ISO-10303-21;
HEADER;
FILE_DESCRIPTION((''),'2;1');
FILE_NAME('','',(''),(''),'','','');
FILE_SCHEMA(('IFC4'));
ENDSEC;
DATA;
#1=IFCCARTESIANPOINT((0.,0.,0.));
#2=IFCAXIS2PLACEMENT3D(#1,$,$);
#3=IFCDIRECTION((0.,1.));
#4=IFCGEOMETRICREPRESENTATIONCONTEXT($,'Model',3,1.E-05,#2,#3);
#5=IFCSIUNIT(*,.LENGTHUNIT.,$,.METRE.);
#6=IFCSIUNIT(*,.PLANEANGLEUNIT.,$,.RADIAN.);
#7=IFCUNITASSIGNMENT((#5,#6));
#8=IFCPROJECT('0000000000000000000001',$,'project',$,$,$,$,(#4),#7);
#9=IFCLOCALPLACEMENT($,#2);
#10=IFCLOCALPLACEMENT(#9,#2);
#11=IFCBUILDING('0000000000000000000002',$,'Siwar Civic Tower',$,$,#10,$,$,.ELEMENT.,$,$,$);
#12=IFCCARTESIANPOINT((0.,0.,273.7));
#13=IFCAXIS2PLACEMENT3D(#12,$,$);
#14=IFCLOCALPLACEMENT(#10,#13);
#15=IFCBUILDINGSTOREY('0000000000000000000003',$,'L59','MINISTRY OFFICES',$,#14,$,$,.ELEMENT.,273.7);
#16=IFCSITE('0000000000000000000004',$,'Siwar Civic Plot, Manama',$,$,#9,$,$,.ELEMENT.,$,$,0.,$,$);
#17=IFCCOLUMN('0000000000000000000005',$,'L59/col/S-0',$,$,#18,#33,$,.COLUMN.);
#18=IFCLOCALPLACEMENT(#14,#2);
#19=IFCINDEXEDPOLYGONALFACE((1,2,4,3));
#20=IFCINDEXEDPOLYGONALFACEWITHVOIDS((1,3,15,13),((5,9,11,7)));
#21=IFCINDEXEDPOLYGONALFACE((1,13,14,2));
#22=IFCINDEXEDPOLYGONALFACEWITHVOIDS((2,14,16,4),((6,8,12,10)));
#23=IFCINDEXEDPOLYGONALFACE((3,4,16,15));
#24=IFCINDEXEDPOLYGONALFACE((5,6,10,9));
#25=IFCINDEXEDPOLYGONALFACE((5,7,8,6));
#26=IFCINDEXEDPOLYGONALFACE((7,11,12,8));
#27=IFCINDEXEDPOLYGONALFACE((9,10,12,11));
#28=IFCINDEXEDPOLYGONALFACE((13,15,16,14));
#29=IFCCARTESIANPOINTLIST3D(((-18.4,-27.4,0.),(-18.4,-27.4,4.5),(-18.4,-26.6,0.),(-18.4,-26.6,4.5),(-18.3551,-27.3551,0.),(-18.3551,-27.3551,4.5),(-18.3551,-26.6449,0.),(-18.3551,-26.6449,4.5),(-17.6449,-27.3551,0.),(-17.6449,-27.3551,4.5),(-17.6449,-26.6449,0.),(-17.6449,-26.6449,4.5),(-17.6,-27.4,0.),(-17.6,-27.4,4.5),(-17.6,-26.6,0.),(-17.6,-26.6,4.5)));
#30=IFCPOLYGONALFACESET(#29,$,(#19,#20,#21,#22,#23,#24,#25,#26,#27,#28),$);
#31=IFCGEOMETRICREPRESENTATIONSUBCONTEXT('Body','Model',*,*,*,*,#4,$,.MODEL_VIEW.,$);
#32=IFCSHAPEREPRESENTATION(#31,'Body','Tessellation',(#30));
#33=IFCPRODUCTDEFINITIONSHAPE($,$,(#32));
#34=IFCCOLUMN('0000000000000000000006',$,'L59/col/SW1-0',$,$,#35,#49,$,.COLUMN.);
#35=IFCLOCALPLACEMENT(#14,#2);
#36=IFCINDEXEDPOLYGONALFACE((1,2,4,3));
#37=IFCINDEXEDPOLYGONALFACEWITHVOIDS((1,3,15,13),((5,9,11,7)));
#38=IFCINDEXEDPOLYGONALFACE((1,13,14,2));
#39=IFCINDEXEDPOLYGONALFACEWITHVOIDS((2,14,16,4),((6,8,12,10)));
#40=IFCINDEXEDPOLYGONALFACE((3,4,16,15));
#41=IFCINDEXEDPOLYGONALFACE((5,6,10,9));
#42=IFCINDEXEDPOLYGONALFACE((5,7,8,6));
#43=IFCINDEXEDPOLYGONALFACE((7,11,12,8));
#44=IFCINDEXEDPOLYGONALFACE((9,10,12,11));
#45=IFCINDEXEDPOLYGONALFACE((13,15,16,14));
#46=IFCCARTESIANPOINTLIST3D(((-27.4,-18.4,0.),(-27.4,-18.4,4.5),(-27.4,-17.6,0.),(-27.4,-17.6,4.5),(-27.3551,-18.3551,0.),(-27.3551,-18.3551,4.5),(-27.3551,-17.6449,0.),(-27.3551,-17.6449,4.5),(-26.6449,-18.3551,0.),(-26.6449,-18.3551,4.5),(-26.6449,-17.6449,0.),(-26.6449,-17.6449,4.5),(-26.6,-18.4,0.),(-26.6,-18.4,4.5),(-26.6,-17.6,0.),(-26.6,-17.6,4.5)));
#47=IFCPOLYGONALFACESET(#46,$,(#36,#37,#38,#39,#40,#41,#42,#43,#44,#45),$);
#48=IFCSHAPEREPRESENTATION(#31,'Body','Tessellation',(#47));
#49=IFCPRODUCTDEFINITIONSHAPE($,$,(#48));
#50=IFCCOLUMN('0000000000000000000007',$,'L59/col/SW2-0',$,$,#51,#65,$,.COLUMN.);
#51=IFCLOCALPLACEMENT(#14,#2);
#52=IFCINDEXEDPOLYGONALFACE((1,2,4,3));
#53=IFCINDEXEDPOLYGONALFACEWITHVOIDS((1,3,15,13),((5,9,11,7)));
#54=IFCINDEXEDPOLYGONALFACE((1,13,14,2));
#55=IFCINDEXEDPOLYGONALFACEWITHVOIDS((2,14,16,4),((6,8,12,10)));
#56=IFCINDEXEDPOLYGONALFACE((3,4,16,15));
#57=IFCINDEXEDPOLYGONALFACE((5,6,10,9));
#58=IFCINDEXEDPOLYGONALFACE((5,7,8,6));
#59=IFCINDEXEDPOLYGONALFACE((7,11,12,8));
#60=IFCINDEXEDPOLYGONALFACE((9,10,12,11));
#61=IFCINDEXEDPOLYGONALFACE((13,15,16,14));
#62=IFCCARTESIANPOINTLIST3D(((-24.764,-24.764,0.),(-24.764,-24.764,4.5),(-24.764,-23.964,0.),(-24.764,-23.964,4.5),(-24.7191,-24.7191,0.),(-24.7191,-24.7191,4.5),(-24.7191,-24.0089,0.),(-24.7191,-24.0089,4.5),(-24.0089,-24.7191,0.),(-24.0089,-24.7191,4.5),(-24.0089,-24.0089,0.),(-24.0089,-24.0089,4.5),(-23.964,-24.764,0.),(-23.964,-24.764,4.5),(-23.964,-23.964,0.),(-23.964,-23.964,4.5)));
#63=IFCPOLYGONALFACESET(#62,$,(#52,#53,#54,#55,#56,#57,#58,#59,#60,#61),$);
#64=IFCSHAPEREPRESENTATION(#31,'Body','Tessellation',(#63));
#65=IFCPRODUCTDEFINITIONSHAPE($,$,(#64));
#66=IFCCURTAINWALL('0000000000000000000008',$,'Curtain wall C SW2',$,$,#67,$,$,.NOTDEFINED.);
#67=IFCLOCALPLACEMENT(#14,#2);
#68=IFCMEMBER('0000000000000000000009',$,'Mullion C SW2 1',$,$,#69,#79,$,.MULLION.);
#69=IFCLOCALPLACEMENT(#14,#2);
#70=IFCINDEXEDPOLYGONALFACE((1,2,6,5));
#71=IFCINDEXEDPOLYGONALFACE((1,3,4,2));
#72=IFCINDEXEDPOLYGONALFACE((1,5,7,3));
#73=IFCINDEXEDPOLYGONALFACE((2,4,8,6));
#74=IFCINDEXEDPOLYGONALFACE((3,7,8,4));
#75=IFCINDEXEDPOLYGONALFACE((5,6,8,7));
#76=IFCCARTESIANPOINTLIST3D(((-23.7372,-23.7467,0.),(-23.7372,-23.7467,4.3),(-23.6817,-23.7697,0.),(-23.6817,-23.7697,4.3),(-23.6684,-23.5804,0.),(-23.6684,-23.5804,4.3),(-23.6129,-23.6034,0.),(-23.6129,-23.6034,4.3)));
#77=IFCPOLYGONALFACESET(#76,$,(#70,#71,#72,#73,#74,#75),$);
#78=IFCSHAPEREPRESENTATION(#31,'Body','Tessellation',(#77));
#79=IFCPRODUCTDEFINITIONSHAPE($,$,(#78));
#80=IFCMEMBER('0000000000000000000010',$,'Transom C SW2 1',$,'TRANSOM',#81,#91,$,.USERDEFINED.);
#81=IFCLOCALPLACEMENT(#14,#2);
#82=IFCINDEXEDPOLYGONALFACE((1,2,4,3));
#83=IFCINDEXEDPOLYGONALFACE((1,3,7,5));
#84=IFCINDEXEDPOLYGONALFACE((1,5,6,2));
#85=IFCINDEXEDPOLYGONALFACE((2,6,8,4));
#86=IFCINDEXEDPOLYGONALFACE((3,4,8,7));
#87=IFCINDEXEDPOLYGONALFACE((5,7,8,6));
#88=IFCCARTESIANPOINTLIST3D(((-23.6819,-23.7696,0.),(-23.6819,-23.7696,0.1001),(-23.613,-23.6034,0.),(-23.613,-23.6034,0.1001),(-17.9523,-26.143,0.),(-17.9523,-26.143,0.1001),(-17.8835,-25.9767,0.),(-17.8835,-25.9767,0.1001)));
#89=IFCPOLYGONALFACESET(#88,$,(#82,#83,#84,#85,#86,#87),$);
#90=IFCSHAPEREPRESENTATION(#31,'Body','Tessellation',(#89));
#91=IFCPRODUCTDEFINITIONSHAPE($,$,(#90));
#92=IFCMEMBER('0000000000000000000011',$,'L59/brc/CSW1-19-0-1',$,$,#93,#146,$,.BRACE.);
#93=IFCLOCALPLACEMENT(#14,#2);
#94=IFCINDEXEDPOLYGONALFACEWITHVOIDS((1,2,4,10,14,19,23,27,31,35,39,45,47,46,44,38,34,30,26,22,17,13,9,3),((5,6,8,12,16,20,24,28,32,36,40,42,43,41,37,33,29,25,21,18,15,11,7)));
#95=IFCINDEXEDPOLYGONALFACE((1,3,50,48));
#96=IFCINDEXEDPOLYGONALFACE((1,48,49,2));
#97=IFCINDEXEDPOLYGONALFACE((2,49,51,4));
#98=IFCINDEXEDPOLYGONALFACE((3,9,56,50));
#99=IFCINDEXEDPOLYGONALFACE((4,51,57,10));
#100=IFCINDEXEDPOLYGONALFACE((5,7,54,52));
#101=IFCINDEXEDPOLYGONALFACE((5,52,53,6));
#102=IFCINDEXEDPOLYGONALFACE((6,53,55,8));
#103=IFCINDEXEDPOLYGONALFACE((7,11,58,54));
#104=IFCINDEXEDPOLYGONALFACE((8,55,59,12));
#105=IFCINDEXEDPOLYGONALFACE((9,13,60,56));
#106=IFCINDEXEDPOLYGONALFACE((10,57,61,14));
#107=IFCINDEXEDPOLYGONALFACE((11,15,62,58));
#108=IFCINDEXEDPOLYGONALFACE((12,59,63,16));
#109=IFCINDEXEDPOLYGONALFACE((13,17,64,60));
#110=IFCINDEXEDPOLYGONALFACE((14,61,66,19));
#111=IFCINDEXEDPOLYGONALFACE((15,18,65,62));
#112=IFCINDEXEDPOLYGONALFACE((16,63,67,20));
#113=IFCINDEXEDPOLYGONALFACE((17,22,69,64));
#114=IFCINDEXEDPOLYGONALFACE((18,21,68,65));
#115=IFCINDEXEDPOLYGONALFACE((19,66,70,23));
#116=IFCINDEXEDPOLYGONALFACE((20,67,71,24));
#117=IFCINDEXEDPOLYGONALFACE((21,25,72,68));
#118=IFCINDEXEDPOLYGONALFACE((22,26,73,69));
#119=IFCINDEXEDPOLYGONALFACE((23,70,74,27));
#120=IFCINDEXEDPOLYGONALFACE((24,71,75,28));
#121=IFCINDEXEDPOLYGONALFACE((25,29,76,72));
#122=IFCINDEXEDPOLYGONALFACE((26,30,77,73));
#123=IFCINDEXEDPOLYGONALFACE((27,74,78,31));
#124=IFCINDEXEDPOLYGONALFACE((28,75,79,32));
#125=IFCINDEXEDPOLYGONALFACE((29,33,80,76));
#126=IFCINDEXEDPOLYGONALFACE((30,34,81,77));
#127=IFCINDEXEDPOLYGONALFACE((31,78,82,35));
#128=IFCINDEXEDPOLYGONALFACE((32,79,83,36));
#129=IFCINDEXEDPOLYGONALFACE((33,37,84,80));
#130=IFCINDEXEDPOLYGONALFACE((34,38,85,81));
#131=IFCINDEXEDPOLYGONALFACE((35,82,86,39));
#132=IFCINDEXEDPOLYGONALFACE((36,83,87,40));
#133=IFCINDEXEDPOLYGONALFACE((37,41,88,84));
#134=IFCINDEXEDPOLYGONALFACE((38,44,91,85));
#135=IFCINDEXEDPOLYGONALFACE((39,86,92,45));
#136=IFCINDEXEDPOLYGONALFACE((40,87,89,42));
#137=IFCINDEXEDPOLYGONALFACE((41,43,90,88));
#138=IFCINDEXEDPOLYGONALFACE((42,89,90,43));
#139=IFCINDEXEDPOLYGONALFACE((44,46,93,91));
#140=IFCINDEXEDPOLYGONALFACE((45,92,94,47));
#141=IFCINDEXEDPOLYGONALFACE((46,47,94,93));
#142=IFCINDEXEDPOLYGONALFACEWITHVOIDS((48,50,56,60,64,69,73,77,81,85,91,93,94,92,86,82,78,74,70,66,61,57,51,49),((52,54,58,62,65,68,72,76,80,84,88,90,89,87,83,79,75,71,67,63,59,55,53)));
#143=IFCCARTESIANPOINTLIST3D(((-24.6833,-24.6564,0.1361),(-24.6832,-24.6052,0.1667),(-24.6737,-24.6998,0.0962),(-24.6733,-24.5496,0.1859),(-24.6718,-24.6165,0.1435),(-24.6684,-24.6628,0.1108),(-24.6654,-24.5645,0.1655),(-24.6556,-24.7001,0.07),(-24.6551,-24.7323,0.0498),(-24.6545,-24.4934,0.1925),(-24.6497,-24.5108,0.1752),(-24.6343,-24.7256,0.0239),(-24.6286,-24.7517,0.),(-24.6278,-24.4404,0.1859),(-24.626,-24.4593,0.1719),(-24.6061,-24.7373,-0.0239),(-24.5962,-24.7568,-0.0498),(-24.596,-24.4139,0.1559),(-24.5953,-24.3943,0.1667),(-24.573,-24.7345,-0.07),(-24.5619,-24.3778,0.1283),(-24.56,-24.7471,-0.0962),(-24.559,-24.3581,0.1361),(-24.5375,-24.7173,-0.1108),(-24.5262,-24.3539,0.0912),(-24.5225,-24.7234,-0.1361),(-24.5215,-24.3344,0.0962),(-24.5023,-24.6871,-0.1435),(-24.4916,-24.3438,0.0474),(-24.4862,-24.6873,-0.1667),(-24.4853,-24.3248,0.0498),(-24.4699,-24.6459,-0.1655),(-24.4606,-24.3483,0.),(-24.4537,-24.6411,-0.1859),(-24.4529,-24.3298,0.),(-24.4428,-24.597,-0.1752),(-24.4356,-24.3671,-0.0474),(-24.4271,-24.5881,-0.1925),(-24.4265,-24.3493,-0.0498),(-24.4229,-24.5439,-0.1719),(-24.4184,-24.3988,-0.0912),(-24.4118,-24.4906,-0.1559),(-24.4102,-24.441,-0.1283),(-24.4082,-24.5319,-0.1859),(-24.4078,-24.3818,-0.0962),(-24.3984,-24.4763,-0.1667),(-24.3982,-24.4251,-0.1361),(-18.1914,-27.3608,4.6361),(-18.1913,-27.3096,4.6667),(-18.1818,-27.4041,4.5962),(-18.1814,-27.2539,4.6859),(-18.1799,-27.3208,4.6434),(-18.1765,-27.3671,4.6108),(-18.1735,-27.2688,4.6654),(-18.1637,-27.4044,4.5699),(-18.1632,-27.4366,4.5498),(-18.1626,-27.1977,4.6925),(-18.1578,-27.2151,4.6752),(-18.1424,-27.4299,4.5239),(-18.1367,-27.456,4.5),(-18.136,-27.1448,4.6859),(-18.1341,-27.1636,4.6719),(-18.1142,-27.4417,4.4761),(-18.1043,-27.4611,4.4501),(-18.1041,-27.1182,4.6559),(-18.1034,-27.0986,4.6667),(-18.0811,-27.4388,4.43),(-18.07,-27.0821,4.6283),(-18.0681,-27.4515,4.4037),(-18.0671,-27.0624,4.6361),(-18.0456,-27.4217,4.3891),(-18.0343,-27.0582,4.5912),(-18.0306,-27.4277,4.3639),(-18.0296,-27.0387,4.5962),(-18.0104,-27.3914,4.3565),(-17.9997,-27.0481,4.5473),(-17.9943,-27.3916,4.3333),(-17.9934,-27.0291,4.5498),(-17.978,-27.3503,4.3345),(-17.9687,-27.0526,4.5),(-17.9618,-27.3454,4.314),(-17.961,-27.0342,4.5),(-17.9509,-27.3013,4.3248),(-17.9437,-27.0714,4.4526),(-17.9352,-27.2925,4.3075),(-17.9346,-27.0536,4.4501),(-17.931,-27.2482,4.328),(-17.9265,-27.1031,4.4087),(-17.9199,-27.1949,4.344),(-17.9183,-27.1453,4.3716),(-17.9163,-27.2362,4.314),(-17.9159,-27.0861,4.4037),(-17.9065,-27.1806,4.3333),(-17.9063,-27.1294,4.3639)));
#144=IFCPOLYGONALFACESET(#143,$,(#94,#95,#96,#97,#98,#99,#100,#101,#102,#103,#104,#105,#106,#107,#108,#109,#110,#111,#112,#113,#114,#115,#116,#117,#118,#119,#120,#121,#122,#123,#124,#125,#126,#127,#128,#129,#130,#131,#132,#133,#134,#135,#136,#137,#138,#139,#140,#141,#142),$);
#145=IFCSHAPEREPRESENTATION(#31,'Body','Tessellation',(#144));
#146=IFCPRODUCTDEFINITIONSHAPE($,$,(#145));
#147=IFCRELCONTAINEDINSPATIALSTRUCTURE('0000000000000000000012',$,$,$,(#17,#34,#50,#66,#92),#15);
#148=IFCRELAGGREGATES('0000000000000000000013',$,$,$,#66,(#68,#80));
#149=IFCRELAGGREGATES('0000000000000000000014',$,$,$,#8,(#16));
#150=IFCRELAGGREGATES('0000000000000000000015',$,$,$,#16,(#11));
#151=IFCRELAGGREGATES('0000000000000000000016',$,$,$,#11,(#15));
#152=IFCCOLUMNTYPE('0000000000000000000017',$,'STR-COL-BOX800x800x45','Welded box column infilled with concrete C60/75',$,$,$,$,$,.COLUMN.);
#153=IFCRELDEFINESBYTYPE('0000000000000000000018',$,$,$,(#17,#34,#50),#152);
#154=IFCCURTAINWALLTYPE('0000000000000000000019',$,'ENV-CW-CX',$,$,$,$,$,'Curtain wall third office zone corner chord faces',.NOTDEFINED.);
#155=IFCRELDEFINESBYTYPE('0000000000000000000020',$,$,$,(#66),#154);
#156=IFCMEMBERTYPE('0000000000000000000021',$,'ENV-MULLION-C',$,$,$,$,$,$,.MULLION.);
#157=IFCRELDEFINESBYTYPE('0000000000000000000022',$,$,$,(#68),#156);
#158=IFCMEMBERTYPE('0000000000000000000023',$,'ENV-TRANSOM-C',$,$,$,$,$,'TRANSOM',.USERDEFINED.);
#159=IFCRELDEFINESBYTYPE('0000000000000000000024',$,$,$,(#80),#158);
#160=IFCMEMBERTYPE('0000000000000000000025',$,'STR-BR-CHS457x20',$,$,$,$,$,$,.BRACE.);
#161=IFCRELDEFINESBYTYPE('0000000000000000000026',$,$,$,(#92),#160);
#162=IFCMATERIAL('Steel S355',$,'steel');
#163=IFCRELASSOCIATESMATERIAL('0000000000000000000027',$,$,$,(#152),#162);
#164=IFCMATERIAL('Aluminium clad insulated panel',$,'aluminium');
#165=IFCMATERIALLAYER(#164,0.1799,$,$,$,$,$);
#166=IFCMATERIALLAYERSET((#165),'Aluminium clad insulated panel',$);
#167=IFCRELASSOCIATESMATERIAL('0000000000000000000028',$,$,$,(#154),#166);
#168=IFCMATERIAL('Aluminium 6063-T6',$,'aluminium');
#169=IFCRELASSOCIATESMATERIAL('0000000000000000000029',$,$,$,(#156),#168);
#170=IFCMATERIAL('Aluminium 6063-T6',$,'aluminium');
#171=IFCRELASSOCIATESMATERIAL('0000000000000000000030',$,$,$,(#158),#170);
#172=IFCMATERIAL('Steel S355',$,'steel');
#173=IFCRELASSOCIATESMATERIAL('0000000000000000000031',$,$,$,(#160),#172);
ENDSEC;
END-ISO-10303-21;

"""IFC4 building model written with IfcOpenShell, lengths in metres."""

from ifc_helpers import new_model, si_unit, direction, frame, origin, origin_2d, place, context, subcontext, project, spatial, rectangle, hollow_rectangle, hollow_circle, extrude, material, layer, layer_set, material_profile, profile_set, type_object, element, aggregate, save


model = new_model("IFC4")

# Units and contexts
model_context = context("Model", 3, precision=1e-05, world=origin(), true_north=direction((0.0, 1.0)))
body_context = subcontext(model_context, "Body", "Model", "MODEL_VIEW")
ifc_project = project(units=[si_unit("LENGTHUNIT", "METRE"), si_unit("PLANEANGLEUNIT", "RADIAN")], contexts=[model_context])

# Site, building, storey
site_placement = place(None, origin())
site = spatial("IfcSite", under=ifc_project, at=site_placement, Name="Siwar Civic Plot, Manama", CompositionType="ELEMENT", RefElevation=0.0)
building_placement = place(site_placement, origin())
building = spatial("IfcBuilding", under=site, at=building_placement, Name="Siwar Civic Tower", CompositionType="ELEMENT")
storey_placement = place(building_placement, frame((0.0, 0.0, 273.7)))
storey = spatial("IfcBuildingStorey", under=building, at=storey_placement, Name="L59", Description="MINISTRY OFFICES", CompositionType="ELEMENT", Elevation=273.7)

# Columns
ifc_material_1 = material(Name="Steel S355", Category="steel")
ifc_material_profile_1 = material_profile(ifc_material_1, hollow_rectangle(XDim=0.8, YDim=0.8, WallThickness=0.0449, at=origin_2d()), Name="BOX800x800x45")
ifc_profile_set_1 = profile_set([ifc_material_profile_1], Name="Steel S355")
column_type = type_object("IfcColumnType", Name="STR-COL-BOX800x800x45", Description="Welded box column infilled with concrete C60/75", PredefinedType="COLUMN", material=ifc_profile_set_1)
for number, where, z_axis, x_axis, name in (
    (1, (-18.0, -27.0, 0.0), (0.0, 0.0, 1.0), (1.0, 0.0, 0.0), "L59/col/S-0"),
    (2, (-27.0, -18.0, 0.0), (0.0, 0.0, 1.0), (1.0, 0.0, 0.0), "L59/col/SW1-0"),
    (3, (-24.364, -24.364, 0.0), (0.0, 0.0, 1.0), (1.0, 0.0, 0.0), "L59/col/SW2-0"),
):
    element("IfcColumn", number, at=place(storey_placement, frame(where, z_axis=z_axis, x_axis=x_axis)), inside=storey, type_object=column_type, Name=name, PredefinedType="COLUMN", context=body_context, shape_type="SweptSolid", body=[
        extrude(hollow_rectangle(XDim=0.8, YDim=0.8, WallThickness=0.0449, at=origin_2d()), origin(), (0.0, 0.0, 1.0), 4.5),
    ])

# Curtain wall, members
ifc_material_2 = material(Name="Aluminium clad insulated panel", Category="aluminium")
ifc_layer_1 = layer(ifc_material_2, 0.1799)
ifc_layer_set_1 = layer_set([ifc_layer_1], Name="Aluminium clad insulated panel")
curtain_wall_type = type_object("IfcCurtainWallType", Name="ENV-CW-CX", ElementType="Curtain wall third office zone corner chord faces", PredefinedType="NOTDEFINED", material=ifc_layer_set_1)
curtain_wall_1_placement = place(storey_placement, origin())
curtain_wall_1 = element("IfcCurtainWall", 4, at=curtain_wall_1_placement, inside=storey, type_object=curtain_wall_type, Name="Curtain wall C SW2", PredefinedType="NOTDEFINED")
ifc_material_3 = material(Name="Aluminium 6063-T6", Category="aluminium")
ifc_material_profile_2 = material_profile(ifc_material_3, rectangle(XDim=0.1799, YDim=0.0601, at=origin_2d()), Name="AL 180x60")
ifc_profile_set_2 = profile_set([ifc_material_profile_2], Name="Aluminium 6063-T6")
member_type_1 = type_object("IfcMemberType", Name="ENV-MULLION-C", PredefinedType="MULLION", material=ifc_profile_set_2)
member_1_placement = place(storey_placement, frame((-23.675, -23.675, 0.0), z_axis=(0.0, 0.0, 1.0), x_axis=(0.382683, 0.92388, 0.0)))
member_1 = element("IfcMember", 5, at=member_1_placement, type_object=member_type_1, Name="Mullion C SW2 1", PredefinedType="MULLION", context=body_context, shape_type="SweptSolid", body=[
    extrude(rectangle(XDim=0.1799, YDim=0.0601, at=origin_2d()), origin(), (0.0, 0.0, 1.0), 4.3),
])
ifc_material_4 = material(Name="Aluminium 6063-T6", Category="aluminium")
ifc_material_profile_3 = material_profile(ifc_material_4, rectangle(XDim=0.1799, YDim=0.1001, at=origin_2d()), Name="AL 180x100")
ifc_profile_set_3 = profile_set([ifc_material_profile_3], Name="Aluminium 6063-T6")
member_type_2 = type_object("IfcMemberType", Name="ENV-TRANSOM-C", ElementType="TRANSOM", PredefinedType="USERDEFINED", material=ifc_profile_set_3)
member_2_placement = place(storey_placement, frame((-23.6475, -23.6865, 0.05), z_axis=(0.923876, -0.382691, 0.0), x_axis=(0.382691, 0.923876, 0.0)))
member_2 = element("IfcMember", 6, at=member_2_placement, type_object=member_type_2, Name="Transom C SW2 1", ObjectType="TRANSOM", PredefinedType="USERDEFINED", context=body_context, shape_type="SweptSolid", body=[
    extrude(rectangle(XDim=0.1799, YDim=0.1001, at=origin_2d()), origin(), (0.0, 0.0, 1.0), 6.2017),
])

# Member
ifc_material_5 = material(Name="Steel S355", Category="steel")
ifc_material_profile_4 = material_profile(ifc_material_5, hollow_circle(Radius=0.2285, WallThickness=0.02, at=origin_2d()), Name="CHS457x20")
ifc_profile_set_4 = profile_set([ifc_material_profile_4], Name="Steel S355")
member_type_3 = type_object("IfcMemberType", Name="STR-BR-CHS457x20", PredefinedType="BRACE", material=ifc_profile_set_4)
member_3_placement = place(storey_placement, frame((-24.5408, -24.5408, 0.0), z_axis=(0.777555, -0.323906, 0.538975), x_axis=(0.384539, 0.923109, 0.0)))
element("IfcMember", 7, at=member_3_placement, inside=storey, type_object=member_type_3, Name="L59/brc/CSW1-19-0-1", PredefinedType="BRACE", context=body_context, shape_type="SweptSolid", body=[
    extrude(hollow_circle(Radius=0.2285, WallThickness=0.02, at=origin_2d()), origin(), (0.0, 0.0, 1.0), 8.3491),
])

aggregate(curtain_wall_1, [member_1, member_2])

save(model, "model.ifc")
